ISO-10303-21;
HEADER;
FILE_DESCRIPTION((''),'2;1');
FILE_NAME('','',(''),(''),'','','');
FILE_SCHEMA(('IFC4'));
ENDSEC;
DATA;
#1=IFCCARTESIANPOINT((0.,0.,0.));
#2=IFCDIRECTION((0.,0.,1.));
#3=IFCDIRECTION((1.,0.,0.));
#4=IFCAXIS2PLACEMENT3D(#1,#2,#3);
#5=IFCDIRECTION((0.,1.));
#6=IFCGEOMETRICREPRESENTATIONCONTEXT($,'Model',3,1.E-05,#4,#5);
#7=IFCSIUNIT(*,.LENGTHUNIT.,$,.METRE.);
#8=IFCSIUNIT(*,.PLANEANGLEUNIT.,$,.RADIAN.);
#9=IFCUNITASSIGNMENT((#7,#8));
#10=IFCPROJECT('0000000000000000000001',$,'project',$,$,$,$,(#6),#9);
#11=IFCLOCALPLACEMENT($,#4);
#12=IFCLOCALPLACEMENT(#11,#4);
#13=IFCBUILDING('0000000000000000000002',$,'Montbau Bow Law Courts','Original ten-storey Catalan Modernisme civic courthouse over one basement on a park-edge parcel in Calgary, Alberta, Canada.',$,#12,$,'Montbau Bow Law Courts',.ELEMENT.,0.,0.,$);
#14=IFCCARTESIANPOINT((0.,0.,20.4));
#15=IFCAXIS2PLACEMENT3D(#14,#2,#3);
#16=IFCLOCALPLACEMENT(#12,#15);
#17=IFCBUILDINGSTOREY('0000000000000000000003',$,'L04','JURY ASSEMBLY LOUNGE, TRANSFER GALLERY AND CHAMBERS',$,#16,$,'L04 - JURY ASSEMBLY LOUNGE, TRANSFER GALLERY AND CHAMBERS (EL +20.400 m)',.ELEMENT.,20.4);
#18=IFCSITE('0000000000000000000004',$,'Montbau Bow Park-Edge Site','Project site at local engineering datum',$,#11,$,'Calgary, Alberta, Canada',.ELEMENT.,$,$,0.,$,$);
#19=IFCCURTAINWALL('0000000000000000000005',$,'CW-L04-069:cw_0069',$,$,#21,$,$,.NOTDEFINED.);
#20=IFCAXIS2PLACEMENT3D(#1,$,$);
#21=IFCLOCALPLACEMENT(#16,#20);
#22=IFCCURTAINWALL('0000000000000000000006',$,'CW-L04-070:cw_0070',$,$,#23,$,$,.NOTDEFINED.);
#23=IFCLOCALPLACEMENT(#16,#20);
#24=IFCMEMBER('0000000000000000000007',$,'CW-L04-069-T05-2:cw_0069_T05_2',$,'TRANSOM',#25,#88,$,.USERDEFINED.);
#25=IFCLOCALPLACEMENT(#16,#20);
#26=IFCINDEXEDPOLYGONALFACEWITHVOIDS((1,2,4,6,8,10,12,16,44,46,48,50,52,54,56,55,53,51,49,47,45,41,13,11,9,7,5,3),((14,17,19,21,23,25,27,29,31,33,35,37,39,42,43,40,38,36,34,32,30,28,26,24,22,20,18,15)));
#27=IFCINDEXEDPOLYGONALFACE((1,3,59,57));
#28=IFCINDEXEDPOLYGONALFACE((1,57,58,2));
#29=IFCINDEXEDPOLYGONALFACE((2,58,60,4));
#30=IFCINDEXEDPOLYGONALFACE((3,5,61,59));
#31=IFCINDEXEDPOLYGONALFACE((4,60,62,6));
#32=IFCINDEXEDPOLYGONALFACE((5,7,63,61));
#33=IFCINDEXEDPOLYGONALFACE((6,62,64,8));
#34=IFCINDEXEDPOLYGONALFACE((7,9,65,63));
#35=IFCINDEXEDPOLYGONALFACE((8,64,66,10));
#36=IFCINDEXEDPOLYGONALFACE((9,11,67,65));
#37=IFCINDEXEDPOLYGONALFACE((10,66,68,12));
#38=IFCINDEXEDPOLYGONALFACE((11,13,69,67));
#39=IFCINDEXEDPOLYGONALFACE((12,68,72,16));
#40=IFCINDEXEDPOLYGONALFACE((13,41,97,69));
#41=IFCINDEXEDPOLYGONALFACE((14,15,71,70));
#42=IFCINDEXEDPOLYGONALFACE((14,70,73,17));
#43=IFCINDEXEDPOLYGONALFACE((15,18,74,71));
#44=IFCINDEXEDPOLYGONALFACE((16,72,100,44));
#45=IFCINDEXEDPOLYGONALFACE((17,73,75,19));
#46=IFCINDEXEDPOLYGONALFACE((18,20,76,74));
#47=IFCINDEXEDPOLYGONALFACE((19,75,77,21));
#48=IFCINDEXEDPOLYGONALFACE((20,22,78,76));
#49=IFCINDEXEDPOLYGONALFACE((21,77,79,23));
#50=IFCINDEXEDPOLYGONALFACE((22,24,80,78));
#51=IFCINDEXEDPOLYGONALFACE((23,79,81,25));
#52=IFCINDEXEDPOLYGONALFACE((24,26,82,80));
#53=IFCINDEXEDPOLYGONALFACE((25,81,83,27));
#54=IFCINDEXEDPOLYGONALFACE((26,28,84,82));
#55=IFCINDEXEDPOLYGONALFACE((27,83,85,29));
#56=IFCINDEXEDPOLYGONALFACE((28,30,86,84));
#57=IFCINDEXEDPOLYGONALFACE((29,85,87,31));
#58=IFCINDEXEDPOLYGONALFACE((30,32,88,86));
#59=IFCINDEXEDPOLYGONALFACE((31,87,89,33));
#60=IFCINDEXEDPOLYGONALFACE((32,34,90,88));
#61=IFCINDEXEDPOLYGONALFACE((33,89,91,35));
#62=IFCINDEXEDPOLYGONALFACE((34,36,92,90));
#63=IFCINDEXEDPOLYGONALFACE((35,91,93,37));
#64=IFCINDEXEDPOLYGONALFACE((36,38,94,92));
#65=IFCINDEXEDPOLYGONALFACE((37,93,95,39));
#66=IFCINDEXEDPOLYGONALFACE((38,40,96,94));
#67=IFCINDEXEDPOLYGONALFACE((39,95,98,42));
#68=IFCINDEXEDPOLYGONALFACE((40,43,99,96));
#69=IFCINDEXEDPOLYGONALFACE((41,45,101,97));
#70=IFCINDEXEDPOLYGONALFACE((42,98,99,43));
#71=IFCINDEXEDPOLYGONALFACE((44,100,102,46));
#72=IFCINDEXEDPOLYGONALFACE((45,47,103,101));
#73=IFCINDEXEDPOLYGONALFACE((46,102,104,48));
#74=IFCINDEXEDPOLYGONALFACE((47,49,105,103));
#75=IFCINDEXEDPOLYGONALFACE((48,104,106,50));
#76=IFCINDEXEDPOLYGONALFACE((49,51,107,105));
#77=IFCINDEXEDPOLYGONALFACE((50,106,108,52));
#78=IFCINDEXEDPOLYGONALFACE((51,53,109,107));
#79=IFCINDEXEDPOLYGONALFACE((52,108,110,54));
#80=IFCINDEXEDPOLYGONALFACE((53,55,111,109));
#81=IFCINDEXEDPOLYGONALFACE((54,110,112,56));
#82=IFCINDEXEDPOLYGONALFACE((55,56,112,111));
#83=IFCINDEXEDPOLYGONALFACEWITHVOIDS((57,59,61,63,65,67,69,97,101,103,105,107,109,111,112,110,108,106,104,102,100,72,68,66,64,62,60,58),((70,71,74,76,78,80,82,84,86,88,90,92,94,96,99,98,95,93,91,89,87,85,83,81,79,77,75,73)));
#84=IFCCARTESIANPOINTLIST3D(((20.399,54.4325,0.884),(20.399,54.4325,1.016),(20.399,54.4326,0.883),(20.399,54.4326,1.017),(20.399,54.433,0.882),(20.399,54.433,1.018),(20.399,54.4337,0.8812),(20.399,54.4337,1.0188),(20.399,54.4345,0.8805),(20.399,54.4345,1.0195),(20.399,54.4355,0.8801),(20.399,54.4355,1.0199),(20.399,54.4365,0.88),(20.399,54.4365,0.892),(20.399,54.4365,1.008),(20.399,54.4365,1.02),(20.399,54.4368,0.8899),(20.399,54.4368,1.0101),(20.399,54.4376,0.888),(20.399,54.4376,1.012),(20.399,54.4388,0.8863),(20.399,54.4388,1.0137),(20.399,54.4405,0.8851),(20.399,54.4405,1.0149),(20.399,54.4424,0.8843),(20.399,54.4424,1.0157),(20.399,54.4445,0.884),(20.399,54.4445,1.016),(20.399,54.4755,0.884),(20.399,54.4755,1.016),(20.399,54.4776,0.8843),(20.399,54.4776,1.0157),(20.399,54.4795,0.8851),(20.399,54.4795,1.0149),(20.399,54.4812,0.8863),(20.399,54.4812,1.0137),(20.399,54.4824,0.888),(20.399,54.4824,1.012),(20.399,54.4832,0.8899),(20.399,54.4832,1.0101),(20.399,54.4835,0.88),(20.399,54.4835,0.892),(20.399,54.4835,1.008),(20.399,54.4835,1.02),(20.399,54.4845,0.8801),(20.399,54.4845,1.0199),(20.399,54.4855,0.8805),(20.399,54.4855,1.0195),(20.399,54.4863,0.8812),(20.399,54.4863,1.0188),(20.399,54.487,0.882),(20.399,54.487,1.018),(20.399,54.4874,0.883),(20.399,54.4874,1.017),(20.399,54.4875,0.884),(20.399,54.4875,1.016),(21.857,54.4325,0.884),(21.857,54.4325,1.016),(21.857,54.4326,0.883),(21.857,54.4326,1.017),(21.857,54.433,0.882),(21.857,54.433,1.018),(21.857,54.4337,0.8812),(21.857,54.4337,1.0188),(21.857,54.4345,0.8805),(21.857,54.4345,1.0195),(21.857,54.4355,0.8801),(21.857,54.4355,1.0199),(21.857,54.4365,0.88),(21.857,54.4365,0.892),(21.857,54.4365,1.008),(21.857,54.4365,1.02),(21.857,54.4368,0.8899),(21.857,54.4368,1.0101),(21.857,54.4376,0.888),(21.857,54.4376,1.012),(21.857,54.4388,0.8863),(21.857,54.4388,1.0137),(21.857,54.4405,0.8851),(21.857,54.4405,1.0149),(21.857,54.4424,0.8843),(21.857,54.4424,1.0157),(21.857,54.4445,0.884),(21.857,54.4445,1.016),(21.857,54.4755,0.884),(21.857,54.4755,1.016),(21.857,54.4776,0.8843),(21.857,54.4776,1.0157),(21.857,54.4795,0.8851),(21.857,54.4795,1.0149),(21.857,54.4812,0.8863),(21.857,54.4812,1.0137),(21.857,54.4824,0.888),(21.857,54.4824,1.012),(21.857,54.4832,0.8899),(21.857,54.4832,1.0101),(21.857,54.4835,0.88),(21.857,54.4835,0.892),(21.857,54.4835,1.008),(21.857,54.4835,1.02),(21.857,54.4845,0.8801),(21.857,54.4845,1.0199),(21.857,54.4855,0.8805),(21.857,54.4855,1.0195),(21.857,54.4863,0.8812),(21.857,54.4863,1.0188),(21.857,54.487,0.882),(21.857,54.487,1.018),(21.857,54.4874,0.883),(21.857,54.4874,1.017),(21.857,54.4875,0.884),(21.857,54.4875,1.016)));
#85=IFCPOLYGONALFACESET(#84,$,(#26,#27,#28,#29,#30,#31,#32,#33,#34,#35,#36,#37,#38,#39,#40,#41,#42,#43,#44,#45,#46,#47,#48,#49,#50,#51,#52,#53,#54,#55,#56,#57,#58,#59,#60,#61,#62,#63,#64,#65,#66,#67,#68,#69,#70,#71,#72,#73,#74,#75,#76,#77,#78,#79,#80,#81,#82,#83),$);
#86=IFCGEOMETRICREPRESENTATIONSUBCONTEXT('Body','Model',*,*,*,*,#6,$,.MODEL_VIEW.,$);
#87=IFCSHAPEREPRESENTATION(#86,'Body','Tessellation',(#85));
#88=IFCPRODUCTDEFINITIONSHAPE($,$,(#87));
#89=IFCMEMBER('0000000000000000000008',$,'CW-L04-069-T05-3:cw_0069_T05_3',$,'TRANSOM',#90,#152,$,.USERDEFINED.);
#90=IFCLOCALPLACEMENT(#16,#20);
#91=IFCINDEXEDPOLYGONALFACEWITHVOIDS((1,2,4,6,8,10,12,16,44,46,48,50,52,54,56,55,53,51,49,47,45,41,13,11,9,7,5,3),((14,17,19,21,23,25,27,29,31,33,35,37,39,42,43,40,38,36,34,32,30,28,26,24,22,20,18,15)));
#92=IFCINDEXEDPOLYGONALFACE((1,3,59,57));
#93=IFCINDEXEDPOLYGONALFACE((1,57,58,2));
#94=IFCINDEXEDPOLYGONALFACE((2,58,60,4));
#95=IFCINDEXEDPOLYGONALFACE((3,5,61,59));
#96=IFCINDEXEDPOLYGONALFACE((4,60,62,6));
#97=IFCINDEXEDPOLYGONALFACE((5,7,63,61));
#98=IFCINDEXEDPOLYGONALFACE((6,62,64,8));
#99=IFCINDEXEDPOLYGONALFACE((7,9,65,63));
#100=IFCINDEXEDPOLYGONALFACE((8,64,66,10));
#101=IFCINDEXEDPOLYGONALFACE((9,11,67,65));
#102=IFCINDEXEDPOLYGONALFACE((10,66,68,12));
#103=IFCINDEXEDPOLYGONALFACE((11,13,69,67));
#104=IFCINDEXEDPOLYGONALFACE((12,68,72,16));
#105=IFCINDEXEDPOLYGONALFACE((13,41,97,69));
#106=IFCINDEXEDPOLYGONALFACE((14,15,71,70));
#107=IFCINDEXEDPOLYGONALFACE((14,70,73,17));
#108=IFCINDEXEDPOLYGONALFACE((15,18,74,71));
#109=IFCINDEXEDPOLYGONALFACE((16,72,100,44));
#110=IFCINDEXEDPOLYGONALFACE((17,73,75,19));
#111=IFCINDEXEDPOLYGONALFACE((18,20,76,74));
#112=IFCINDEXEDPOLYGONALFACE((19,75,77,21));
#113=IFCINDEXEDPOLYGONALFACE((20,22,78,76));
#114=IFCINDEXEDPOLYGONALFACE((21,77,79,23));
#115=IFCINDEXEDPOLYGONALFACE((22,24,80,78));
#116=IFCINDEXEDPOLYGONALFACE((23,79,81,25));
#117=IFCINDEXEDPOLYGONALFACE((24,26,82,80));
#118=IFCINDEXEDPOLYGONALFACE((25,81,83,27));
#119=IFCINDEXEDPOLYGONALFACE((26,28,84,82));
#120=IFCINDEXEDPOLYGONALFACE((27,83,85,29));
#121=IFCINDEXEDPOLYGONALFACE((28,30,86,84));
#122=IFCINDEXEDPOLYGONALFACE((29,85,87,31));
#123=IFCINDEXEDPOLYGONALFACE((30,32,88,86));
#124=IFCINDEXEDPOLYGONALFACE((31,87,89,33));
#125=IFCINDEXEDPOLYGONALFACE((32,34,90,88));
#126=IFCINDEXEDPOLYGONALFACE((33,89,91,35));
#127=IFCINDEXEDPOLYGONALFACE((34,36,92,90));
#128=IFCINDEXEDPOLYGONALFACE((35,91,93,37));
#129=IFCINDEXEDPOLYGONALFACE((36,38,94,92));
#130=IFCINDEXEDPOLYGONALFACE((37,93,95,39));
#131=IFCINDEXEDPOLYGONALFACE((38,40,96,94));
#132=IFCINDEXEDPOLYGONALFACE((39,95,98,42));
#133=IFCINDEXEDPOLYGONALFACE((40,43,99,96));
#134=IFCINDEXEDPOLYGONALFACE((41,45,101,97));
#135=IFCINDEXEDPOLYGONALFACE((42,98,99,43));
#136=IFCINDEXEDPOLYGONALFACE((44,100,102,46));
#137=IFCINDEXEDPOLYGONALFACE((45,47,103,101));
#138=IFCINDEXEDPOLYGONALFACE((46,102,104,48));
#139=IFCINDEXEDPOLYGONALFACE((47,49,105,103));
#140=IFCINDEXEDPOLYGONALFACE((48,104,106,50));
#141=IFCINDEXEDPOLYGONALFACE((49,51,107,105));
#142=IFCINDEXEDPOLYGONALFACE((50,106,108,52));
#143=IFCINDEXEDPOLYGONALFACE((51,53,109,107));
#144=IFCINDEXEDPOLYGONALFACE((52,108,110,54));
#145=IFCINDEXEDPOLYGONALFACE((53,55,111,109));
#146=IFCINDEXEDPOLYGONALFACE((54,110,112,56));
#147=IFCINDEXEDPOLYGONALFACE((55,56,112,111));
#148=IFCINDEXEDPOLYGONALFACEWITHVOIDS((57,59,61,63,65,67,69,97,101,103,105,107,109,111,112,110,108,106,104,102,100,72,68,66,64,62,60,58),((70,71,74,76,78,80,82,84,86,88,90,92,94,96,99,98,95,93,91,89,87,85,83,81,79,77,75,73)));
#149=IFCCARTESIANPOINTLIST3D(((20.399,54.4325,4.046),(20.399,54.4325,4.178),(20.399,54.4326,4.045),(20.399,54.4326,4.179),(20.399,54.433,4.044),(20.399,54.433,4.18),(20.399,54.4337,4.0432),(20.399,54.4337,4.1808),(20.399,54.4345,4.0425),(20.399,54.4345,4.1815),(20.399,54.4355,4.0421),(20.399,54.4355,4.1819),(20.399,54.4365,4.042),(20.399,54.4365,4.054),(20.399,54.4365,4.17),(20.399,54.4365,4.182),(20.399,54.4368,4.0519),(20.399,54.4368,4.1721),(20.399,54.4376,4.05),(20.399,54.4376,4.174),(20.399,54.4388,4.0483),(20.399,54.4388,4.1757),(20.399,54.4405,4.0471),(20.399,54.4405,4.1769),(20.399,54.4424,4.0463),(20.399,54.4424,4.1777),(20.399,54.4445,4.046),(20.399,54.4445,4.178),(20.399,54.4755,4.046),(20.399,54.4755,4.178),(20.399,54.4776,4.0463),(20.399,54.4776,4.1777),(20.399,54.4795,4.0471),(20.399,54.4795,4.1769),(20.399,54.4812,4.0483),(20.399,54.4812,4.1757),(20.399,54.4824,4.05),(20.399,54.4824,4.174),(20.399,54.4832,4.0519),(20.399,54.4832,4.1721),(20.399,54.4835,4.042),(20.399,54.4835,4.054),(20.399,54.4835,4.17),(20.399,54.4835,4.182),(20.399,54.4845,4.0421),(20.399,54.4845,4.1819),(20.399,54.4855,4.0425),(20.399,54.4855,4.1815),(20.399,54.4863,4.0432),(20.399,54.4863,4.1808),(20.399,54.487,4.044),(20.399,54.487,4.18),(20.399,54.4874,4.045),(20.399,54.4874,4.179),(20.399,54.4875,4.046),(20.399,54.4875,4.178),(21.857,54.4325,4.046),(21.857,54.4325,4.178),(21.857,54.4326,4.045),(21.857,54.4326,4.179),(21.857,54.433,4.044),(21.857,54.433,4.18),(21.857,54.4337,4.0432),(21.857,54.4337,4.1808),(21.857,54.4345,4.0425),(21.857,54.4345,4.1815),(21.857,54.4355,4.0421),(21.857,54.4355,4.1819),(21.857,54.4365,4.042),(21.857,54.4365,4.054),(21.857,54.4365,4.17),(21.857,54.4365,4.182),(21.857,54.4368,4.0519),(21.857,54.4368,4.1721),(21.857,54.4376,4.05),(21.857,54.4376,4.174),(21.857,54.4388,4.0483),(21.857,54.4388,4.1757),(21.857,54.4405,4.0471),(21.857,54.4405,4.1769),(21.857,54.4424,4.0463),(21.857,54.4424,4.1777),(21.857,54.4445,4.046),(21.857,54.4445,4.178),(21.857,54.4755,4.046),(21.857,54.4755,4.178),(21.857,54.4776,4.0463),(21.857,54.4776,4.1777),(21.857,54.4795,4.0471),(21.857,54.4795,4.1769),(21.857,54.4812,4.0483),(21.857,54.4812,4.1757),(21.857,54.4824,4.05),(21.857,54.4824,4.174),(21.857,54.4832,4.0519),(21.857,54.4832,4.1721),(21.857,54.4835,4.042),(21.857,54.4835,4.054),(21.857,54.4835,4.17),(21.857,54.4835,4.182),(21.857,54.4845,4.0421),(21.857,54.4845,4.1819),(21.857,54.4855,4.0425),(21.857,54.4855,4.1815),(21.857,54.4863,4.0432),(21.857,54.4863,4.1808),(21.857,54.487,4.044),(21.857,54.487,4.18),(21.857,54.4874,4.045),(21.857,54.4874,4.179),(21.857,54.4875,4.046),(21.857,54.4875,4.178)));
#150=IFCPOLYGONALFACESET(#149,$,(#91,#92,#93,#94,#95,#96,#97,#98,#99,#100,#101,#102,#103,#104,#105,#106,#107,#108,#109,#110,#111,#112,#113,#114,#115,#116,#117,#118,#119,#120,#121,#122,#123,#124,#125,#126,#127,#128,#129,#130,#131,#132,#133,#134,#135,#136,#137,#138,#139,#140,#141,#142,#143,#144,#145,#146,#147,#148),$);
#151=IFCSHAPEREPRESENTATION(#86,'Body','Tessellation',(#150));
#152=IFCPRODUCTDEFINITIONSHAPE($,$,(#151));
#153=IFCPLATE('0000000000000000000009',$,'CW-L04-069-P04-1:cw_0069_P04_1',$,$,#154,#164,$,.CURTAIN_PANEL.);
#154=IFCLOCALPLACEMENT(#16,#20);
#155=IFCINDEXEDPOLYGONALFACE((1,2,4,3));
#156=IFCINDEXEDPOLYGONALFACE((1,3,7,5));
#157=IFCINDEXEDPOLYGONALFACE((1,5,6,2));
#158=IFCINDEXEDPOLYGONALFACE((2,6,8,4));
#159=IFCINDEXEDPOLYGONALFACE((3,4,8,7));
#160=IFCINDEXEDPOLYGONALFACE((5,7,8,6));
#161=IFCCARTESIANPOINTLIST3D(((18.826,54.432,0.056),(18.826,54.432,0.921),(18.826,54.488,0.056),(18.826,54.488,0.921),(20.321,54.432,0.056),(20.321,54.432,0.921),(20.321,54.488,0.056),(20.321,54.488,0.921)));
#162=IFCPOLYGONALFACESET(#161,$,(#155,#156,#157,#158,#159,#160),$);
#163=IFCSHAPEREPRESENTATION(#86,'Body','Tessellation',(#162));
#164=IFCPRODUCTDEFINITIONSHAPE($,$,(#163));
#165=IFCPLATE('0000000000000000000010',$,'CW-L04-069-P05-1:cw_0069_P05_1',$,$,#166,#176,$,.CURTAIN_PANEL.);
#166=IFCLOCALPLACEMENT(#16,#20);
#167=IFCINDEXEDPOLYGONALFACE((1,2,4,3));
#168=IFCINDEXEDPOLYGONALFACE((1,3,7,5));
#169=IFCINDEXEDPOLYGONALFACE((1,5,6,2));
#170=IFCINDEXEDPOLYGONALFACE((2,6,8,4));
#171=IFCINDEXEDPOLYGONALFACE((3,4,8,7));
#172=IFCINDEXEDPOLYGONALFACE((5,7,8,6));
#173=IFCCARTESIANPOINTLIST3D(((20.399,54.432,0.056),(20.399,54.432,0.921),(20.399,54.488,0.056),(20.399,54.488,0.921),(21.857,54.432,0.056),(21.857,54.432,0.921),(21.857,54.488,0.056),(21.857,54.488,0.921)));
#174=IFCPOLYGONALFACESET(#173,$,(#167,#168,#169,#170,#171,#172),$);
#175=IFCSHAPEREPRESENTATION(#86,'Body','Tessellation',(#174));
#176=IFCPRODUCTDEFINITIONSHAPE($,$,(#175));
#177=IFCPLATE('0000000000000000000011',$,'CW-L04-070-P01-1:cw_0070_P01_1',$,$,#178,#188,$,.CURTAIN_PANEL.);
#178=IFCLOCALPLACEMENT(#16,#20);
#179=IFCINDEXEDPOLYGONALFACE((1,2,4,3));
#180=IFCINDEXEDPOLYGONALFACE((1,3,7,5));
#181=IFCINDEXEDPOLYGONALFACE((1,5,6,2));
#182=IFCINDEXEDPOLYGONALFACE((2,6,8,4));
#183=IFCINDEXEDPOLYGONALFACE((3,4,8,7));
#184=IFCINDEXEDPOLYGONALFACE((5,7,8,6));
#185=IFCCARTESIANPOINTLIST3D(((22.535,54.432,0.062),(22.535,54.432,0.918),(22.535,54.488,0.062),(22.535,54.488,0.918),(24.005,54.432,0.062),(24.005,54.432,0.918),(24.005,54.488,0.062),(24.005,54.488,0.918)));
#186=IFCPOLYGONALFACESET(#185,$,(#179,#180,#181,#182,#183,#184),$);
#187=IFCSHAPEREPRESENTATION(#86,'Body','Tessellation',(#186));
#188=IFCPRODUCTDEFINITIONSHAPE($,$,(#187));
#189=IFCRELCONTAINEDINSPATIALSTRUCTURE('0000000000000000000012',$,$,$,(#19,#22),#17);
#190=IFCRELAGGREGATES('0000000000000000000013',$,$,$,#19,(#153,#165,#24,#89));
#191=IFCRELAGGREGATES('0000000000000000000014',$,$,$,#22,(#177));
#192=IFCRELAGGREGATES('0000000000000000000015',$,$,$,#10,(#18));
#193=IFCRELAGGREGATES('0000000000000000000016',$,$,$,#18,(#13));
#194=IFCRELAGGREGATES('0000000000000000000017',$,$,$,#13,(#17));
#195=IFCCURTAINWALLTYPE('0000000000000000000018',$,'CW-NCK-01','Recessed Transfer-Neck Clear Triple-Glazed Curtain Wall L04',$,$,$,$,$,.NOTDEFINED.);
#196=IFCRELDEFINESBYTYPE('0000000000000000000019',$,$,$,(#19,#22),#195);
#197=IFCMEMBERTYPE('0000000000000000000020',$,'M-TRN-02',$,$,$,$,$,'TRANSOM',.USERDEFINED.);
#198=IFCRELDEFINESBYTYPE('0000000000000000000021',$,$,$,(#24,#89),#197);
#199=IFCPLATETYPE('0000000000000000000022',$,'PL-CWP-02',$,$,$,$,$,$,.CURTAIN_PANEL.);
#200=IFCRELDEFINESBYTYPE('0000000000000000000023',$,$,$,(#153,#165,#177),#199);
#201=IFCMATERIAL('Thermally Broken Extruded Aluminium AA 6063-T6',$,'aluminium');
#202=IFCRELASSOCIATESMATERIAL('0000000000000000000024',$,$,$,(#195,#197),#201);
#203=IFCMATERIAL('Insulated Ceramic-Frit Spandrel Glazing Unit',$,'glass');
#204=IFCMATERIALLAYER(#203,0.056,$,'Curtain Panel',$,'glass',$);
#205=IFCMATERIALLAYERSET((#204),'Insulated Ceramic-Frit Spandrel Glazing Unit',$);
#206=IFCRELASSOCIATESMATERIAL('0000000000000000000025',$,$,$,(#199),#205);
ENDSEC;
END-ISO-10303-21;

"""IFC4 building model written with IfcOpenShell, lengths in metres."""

from ifc_helpers import new_model, si_unit, direction, frame, frame_2d, origin_with_axes, origin_2d_with_axis, place, context, subcontext, project, spatial, rectangle, hollow_rectangle, extrude, material, layer, layer_set, material_profile, profile_set, type_object, element, aggregate, save


model = new_model("IFC4")

# Units and contexts
model_context = context("Model", 3, precision=1e-05, world=origin_with_axes(), true_north=direction((0.0, 1.0)))
body_context = subcontext(model_context, "Body", "Model", "MODEL_VIEW")
ifc_project = project(units=[si_unit("LENGTHUNIT", "METRE"), si_unit("PLANEANGLEUNIT", "RADIAN")], contexts=[model_context])

# Site, building, storey
site_placement = place(None, origin_with_axes())
site = spatial("IfcSite", under=ifc_project, at=site_placement, Name="Montbau Bow Park-Edge Site", Description="Project site at local engineering datum", LongName="Calgary, Alberta, Canada", CompositionType="ELEMENT", RefElevation=0.0)
building_placement = place(site_placement, origin_with_axes())
building = spatial("IfcBuilding", under=site, at=building_placement, Name="Montbau Bow Law Courts", Description="Original ten-storey Catalan Modernisme civic courthouse over one basement on a park-edge parcel in Calgary, Alberta, Canada.", LongName="Montbau Bow Law Courts", CompositionType="ELEMENT", ElevationOfRefHeight=0.0, ElevationOfTerrain=0.0)
storey_placement = place(building_placement, frame((0.0, 0.0, 20.4), z_axis=(0.0, 0.0, 1.0), x_axis=(1.0, 0.0, 0.0)))
storey = spatial("IfcBuildingStorey", under=building, at=storey_placement, Name="L04", Description="JURY ASSEMBLY LOUNGE, TRANSFER GALLERY AND CHAMBERS", LongName="L04 - JURY ASSEMBLY LOUNGE, TRANSFER GALLERY AND CHAMBERS (EL +20.400 m)", CompositionType="ELEMENT", Elevation=20.4)

# Curtain wall
ifc_material_1 = material(Name="Thermally Broken Extruded Aluminium AA 6063-T6", Category="aluminium")
curtain_wall_type = type_object("IfcCurtainWallType", Name="CW-NCK-01", Description="Recessed Transfer-Neck Clear Triple-Glazed Curtain Wall L04", PredefinedType="NOTDEFINED", material=ifc_material_1)
curtain_wall_1_placement = place(None, frame((14.068, 54.46, 20.4), z_axis=(0.0, 0.0, 1.0), x_axis=(1.0, 0.0, 0.0)))
curtain_wall_1 = element("IfcCurtainWall", 1, at=curtain_wall_1_placement, inside=storey, type_object=curtain_wall_type, Name="CW-L04-069:cw_0069", PredefinedType="NOTDEFINED")

# Curtain wall
curtain_wall_2_placement = place(None, frame((22.467, 54.46, 20.4), z_axis=(0.0, 0.0, 1.0), x_axis=(1.0, 0.0, 0.0)))
curtain_wall_2 = element("IfcCurtainWall", 2, at=curtain_wall_2_placement, inside=storey, type_object=curtain_wall_type, Name="CW-L04-070:cw_0070", PredefinedType="NOTDEFINED")

# Members
ifc_material_profile_1 = material_profile(ifc_material_1, hollow_rectangle(XDim=0.055, YDim=0.14, WallThickness=0.004, InnerFilletRadius=0.008, OuterFilletRadius=0.004, at=origin_2d_with_axis()), Name="CWT-140X55", Category="Main", Priority=0)
ifc_profile_set_1 = profile_set([ifc_material_profile_1], Name="Thermally Broken Extruded Aluminium AA 6063-T6")
member_type_1 = type_object("IfcMemberType", Name="M-TRN-02", ElementType="TRANSOM", PredefinedType="USERDEFINED", material=ifc_profile_set_1)
member_1_placement = place(None, frame((20.399, 54.46, 21.35), z_axis=(1.0, 0.0, 0.0), x_axis=(0.0, 1.0, 0.0)))
member_1 = element("IfcMember", 3, at=member_1_placement, type_object=member_type_1, Name="CW-L04-069-T05-2:cw_0069_T05_2", ObjectType="TRANSOM", PredefinedType="USERDEFINED", context=body_context, shape_type="SweptSolid", body=[
    extrude(hollow_rectangle(XDim=0.055, YDim=0.14, WallThickness=0.004, InnerFilletRadius=0.008, OuterFilletRadius=0.004, at=origin_2d_with_axis()), origin_with_axes(), (0.0, 0.0, 1.0), 1.458),
])
member_2_placement = place(None, frame((20.399, 54.46, 24.512), z_axis=(1.0, 0.0, 0.0), x_axis=(0.0, 1.0, 0.0)))
member_2 = element("IfcMember", 4, at=member_2_placement, type_object=member_type_1, Name="CW-L04-069-T05-3:cw_0069_T05_3", ObjectType="TRANSOM", PredefinedType="USERDEFINED", context=body_context, shape_type="SweptSolid", body=[
    extrude(hollow_rectangle(XDim=0.055, YDim=0.14, WallThickness=0.004, InnerFilletRadius=0.008, OuterFilletRadius=0.004, at=origin_2d_with_axis()), origin_with_axes(), (0.0, 0.0, 1.0), 1.458),
])

# Plates
ifc_material_2 = material(Name="Insulated Ceramic-Frit Spandrel Glazing Unit", Category="glass")
ifc_layer_1 = layer(ifc_material_2, 0.056, Name="Curtain Panel", Category="glass")
ifc_layer_set_1 = layer_set([ifc_layer_1], Name="Insulated Ceramic-Frit Spandrel Glazing Unit")
plate_type_1 = type_object("IfcPlateType", Name="PL-CWP-02", PredefinedType="CURTAIN_PANEL", material=ifc_layer_set_1)
plate_1_placement = place(None, frame((18.826, 54.46, 20.456), z_axis=(0.0, -1.0, 0.0), x_axis=(1.0, 0.0, 0.0)))
plate_1 = element("IfcPlate", 5, at=plate_1_placement, type_object=plate_type_1, Name="CW-L04-069-P04-1:cw_0069_P04_1", PredefinedType="CURTAIN_PANEL", context=body_context, shape_type="SweptSolid", body=[
    extrude(rectangle(XDim=1.495, YDim=0.865, at=frame_2d((0.7475, 0.4325), x_axis=(1.0, 0.0))), frame((0.0, 0.0, -0.028), z_axis=(0.0, 0.0, 1.0), x_axis=(1.0, 0.0, 0.0)), (0.0, 0.0, 1.0), 0.056),
])
plate_2_placement = place(None, frame((20.399, 54.46, 20.456), z_axis=(0.0, -1.0, 0.0), x_axis=(1.0, 0.0, 0.0)))
plate_2 = element("IfcPlate", 6, at=plate_2_placement, type_object=plate_type_1, Name="CW-L04-069-P05-1:cw_0069_P05_1", PredefinedType="CURTAIN_PANEL", context=body_context, shape_type="SweptSolid", body=[
    extrude(rectangle(XDim=1.458, YDim=0.865, at=frame_2d((0.729, 0.4325), x_axis=(1.0, 0.0))), frame((0.0, 0.0, -0.028), z_axis=(0.0, 0.0, 1.0), x_axis=(1.0, 0.0, 0.0)), (0.0, 0.0, 1.0), 0.056),
])
plate_3_placement = place(None, frame((22.535, 54.46, 20.462), z_axis=(0.0, -1.0, 0.0), x_axis=(1.0, 0.0, 0.0)))
plate_3 = element("IfcPlate", 7, at=plate_3_placement, type_object=plate_type_1, Name="CW-L04-070-P01-1:cw_0070_P01_1", PredefinedType="CURTAIN_PANEL", context=body_context, shape_type="SweptSolid", body=[
    extrude(rectangle(XDim=1.47, YDim=0.856, at=frame_2d((0.735, 0.428), x_axis=(1.0, 0.0))), frame((0.0, 0.0, -0.028), z_axis=(0.0, 0.0, 1.0), x_axis=(1.0, 0.0, 0.0)), (0.0, 0.0, 1.0), 0.056),
])
aggregate(curtain_wall_1, [plate_1, plate_2, member_1, member_2])
aggregate(curtain_wall_2, [plate_3])

save(model, "model.ifc")
